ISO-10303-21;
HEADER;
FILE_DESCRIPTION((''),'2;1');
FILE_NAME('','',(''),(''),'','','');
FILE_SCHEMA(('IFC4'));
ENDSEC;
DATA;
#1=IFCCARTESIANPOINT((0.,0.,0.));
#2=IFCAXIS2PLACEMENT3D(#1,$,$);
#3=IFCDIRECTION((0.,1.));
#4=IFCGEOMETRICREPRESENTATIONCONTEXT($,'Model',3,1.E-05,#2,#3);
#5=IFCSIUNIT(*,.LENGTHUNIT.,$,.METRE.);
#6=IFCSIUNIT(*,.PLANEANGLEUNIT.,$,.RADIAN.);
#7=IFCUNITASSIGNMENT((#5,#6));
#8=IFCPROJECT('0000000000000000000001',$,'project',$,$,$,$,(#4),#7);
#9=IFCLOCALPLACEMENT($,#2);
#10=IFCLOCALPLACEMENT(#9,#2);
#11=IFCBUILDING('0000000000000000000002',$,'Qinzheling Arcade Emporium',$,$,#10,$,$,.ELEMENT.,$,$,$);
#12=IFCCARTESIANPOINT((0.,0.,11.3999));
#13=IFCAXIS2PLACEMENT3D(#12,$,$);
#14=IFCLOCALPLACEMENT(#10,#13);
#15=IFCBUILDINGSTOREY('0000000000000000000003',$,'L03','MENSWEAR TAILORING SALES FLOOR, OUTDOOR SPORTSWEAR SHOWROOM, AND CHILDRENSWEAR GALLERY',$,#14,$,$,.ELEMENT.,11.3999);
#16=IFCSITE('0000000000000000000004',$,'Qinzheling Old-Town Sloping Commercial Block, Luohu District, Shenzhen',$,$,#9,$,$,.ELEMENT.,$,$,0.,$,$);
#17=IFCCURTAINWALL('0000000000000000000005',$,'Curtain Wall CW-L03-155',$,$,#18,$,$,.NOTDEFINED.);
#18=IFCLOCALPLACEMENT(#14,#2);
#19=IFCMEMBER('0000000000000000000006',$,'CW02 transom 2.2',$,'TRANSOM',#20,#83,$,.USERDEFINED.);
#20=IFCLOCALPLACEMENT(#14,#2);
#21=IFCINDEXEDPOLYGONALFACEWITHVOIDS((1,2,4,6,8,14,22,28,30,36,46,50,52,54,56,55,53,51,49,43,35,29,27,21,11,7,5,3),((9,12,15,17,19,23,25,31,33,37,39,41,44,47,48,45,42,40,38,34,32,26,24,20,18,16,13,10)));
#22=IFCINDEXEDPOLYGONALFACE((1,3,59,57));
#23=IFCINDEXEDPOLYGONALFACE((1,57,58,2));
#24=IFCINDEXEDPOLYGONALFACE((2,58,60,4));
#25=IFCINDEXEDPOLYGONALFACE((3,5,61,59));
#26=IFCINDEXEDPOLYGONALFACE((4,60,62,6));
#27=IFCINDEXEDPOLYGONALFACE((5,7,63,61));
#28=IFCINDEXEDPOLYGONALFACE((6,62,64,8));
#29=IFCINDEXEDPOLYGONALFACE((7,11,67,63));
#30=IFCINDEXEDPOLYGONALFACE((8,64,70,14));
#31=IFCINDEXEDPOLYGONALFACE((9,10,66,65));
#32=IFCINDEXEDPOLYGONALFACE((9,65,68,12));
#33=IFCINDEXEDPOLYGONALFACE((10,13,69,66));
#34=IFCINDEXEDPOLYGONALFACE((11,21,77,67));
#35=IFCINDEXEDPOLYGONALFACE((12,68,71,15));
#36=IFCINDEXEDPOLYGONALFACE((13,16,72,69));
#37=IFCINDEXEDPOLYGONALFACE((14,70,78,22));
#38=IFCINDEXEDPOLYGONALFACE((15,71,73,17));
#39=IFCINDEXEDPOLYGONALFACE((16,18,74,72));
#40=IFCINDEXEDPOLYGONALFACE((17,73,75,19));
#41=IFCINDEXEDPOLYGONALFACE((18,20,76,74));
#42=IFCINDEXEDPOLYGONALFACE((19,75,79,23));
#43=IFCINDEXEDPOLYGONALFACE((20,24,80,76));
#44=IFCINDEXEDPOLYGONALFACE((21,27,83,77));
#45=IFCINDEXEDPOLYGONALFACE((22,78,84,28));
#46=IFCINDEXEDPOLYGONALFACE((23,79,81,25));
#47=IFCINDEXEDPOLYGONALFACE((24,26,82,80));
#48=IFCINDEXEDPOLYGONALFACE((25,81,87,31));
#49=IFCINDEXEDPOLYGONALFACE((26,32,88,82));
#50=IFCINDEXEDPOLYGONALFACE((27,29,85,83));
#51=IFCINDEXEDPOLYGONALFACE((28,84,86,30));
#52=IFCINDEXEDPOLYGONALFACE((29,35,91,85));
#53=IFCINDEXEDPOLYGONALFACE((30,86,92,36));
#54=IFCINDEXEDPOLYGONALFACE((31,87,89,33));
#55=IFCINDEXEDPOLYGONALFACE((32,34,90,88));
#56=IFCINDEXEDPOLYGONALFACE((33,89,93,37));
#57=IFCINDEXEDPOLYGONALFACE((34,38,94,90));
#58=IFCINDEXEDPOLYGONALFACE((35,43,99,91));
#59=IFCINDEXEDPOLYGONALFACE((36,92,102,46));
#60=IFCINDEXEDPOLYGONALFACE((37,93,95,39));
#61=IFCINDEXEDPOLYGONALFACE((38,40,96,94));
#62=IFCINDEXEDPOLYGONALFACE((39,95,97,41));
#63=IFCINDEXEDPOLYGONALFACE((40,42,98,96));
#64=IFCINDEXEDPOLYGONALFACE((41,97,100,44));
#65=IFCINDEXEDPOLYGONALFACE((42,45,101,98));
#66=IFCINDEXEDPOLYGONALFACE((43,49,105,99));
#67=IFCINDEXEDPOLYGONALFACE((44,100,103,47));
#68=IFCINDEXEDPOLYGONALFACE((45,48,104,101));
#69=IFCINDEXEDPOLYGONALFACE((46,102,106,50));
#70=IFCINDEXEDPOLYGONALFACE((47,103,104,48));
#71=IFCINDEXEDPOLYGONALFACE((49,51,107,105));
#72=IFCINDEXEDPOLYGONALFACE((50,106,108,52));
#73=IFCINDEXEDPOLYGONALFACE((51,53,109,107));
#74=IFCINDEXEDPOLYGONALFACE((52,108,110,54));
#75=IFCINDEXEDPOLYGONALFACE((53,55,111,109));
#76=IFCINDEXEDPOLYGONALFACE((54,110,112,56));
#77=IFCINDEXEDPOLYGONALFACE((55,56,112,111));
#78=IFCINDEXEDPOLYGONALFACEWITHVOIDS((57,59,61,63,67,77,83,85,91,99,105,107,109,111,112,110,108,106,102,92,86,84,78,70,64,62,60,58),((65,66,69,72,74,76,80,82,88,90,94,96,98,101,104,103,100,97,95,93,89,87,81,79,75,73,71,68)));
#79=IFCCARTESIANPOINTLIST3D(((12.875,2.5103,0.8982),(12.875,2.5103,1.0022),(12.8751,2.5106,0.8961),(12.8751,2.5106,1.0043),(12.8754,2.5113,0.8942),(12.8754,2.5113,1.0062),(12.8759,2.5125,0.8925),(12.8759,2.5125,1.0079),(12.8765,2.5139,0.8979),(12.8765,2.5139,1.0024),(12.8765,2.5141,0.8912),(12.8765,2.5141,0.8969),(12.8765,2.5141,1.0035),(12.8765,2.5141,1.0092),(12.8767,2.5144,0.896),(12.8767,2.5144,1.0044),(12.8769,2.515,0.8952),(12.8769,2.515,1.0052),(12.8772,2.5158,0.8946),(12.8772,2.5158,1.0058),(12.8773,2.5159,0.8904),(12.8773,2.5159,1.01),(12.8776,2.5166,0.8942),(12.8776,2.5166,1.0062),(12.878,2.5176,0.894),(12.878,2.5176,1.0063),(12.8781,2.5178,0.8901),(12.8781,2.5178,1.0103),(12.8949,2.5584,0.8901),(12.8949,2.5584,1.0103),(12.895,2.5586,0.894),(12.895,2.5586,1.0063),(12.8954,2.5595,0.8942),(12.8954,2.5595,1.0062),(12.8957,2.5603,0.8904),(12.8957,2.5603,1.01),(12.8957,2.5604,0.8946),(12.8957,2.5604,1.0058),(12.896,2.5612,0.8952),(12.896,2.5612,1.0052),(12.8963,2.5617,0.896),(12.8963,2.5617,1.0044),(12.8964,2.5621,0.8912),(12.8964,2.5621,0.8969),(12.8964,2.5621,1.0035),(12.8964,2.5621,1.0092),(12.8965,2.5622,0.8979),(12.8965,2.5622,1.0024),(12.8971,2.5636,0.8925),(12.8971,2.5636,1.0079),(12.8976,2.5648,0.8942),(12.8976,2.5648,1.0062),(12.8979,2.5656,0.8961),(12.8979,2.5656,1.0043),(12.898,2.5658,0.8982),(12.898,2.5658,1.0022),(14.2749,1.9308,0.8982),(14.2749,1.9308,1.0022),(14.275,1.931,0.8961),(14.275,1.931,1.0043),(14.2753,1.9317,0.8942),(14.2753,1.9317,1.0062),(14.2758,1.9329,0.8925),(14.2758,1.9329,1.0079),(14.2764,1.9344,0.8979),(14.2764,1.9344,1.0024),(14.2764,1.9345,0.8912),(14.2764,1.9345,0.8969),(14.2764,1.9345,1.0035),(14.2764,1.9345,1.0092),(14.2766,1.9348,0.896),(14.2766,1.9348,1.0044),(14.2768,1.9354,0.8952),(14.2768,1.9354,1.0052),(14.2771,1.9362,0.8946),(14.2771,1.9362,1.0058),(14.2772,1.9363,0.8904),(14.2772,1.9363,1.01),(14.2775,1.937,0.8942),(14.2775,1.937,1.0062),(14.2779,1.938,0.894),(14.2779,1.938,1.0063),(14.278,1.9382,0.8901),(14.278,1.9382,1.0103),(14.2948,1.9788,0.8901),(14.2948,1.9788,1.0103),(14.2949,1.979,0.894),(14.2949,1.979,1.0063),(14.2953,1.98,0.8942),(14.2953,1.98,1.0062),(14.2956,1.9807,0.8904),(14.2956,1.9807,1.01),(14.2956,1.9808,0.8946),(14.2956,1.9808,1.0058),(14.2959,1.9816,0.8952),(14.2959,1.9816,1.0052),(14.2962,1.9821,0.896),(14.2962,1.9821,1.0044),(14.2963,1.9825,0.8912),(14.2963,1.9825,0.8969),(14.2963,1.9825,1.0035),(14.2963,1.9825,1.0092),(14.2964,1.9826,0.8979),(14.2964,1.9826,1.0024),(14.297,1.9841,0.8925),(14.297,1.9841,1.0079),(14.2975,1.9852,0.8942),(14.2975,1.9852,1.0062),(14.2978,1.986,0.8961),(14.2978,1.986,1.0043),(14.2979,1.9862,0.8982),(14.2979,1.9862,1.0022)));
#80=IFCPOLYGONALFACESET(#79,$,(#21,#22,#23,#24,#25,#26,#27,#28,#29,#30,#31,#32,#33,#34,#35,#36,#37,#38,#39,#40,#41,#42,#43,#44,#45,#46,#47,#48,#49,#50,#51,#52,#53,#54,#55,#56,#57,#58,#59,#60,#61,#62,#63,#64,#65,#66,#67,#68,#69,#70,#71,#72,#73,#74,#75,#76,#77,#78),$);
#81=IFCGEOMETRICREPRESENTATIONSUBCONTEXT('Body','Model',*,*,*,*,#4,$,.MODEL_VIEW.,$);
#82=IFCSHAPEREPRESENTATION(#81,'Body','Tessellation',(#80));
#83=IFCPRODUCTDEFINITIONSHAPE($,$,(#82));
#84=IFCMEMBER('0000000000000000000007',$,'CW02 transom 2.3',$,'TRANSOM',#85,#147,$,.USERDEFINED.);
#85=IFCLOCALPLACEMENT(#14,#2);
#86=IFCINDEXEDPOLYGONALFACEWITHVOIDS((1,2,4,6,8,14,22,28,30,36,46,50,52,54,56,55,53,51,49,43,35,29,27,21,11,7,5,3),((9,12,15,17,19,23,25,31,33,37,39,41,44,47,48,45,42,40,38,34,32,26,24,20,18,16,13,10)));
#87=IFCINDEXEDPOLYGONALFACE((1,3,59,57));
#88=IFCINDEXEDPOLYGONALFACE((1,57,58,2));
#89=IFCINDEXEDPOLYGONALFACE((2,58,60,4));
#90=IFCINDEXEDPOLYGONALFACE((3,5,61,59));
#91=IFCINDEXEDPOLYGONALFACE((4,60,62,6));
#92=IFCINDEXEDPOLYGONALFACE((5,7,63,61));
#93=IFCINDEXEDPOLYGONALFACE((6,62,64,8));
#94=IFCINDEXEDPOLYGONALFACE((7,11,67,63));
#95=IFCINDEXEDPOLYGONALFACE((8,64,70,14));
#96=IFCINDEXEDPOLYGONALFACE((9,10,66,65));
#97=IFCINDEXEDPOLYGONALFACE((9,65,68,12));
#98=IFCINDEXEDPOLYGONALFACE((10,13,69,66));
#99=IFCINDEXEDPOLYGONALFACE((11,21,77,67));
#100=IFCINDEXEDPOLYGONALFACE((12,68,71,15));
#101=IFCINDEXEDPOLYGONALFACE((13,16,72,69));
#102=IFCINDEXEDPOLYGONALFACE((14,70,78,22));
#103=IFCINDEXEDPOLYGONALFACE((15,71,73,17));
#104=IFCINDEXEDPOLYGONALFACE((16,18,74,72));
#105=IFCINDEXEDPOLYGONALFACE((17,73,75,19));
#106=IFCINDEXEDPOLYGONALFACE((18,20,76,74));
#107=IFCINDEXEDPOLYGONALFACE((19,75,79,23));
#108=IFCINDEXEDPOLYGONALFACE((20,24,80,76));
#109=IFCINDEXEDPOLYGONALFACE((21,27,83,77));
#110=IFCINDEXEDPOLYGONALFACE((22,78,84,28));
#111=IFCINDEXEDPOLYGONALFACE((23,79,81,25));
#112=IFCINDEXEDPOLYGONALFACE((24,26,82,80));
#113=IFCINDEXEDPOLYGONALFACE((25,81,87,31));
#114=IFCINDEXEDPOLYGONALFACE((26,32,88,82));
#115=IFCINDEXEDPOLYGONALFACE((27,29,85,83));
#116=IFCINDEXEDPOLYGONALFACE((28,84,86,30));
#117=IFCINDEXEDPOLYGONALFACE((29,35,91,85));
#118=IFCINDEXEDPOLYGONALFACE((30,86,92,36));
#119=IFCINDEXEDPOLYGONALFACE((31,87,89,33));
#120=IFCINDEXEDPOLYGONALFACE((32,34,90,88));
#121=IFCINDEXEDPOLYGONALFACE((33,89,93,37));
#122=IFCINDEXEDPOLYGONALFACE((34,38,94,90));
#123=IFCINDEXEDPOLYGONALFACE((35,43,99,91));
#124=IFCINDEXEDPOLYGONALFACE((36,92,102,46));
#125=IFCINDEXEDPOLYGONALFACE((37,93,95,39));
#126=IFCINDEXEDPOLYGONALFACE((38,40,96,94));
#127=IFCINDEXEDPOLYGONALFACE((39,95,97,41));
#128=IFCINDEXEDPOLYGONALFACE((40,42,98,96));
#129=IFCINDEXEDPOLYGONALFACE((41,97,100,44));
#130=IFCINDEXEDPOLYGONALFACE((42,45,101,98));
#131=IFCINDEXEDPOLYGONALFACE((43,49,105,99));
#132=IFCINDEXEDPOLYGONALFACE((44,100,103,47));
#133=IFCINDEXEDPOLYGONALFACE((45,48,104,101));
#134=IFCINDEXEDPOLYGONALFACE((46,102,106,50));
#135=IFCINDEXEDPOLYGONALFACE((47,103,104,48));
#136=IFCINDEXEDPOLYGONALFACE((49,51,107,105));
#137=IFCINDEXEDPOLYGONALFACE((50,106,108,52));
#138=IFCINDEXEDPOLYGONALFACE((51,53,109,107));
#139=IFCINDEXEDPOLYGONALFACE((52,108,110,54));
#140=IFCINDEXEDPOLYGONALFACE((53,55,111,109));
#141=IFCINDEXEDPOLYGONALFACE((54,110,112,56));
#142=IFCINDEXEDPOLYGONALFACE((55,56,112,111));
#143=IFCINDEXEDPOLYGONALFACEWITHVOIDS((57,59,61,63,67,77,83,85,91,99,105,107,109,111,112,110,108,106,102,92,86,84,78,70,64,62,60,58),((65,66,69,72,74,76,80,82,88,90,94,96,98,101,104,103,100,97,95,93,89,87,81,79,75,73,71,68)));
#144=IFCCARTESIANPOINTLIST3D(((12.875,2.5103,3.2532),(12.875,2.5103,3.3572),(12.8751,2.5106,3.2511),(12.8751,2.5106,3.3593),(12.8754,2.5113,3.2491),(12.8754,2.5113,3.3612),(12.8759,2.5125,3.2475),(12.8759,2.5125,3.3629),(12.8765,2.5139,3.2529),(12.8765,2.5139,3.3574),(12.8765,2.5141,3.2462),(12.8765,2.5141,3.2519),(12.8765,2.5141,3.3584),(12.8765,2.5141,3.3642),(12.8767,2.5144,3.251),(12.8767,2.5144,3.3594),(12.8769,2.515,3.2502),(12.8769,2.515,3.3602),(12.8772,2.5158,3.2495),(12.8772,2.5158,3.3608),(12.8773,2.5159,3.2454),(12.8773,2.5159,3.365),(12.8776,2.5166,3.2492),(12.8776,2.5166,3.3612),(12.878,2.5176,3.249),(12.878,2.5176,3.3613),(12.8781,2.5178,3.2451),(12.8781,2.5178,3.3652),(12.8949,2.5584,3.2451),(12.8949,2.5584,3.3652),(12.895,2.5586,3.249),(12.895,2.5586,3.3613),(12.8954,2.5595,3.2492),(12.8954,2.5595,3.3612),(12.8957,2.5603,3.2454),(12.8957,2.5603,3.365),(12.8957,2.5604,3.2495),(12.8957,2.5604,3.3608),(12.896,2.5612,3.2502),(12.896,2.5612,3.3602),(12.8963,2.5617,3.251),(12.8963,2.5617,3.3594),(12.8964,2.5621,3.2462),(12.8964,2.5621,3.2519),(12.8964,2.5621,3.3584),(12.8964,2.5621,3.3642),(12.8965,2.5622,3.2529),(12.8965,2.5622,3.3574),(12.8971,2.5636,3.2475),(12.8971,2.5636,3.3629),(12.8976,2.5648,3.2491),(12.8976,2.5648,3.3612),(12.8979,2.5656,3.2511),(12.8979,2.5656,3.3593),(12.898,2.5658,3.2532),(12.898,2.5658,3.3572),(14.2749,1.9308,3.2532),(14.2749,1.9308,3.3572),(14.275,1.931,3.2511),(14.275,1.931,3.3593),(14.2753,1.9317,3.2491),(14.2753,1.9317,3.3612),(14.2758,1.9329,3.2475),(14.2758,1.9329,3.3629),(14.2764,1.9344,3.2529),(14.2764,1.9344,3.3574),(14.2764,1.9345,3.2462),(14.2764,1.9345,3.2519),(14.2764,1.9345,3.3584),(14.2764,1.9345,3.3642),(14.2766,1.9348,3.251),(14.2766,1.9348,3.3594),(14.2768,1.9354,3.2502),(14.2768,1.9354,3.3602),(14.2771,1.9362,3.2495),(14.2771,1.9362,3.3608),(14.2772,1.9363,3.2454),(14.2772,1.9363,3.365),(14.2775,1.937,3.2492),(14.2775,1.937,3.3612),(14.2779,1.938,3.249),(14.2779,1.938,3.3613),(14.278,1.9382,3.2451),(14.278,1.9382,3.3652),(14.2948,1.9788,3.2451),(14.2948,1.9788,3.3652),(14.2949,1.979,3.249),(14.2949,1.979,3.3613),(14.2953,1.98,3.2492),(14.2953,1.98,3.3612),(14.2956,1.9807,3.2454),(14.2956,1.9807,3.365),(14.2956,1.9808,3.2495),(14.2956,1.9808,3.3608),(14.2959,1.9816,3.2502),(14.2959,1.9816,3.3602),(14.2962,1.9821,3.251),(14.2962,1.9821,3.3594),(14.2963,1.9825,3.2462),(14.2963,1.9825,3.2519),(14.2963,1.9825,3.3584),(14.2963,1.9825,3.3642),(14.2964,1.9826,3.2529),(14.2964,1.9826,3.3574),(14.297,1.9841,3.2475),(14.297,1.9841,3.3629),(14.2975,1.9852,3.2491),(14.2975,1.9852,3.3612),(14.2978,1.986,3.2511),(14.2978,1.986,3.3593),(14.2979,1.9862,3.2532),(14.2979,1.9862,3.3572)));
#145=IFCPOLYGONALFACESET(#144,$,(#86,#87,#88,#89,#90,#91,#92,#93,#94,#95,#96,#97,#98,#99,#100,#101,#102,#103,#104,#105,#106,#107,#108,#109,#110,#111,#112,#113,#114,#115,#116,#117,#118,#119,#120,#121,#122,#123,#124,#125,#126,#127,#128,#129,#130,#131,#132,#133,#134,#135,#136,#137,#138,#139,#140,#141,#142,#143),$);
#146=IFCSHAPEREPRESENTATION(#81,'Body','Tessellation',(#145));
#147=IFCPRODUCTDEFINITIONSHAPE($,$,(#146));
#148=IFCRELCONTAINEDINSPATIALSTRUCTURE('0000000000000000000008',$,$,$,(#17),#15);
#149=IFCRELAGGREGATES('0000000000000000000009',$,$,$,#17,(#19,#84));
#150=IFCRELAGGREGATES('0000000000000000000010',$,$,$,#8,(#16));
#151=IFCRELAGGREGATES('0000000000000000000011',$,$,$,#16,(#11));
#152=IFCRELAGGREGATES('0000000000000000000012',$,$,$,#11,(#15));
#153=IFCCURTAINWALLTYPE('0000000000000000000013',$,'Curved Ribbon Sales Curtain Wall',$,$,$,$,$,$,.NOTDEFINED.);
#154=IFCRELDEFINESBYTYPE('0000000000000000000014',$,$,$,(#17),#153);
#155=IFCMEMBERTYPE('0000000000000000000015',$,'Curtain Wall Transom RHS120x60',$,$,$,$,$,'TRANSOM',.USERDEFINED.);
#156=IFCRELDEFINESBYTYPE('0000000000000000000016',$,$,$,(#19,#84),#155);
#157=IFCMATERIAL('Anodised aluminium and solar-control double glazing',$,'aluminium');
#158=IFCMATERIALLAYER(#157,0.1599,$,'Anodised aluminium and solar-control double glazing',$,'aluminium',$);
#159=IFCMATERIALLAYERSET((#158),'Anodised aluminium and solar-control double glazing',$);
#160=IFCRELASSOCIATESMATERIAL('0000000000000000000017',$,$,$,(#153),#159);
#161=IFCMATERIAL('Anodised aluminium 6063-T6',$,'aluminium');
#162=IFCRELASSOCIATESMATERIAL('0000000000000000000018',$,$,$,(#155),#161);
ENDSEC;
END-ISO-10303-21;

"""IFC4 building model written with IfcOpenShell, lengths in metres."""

from ifc_helpers import new_model, si_unit, direction, frame, origin, origin_2d, place, context, subcontext, project, spatial, hollow_rectangle, extrude, material, layer, layer_set, material_profile, profile_set, type_object, element, aggregate, save


model = new_model("IFC4")

# Units and contexts
model_context = context("Model", 3, precision=1e-05, world=origin(), true_north=direction((0.0, 1.0)))
body_context = subcontext(model_context, "Body", "Model", "MODEL_VIEW")
ifc_project = project(units=[si_unit("LENGTHUNIT", "METRE"), si_unit("PLANEANGLEUNIT", "RADIAN")], contexts=[model_context])

# Site, building, storey
site_placement = place(None, origin())
site = spatial("IfcSite", under=ifc_project, at=site_placement, Name="Qinzheling Old-Town Sloping Commercial Block, Luohu District, Shenzhen", CompositionType="ELEMENT", RefElevation=0.0)
building_placement = place(site_placement, origin())
building = spatial("IfcBuilding", under=site, at=building_placement, Name="Qinzheling Arcade Emporium", CompositionType="ELEMENT")
storey_placement = place(building_placement, frame((0.0, 0.0, 11.3999)))
storey = spatial("IfcBuildingStorey", under=building, at=storey_placement, Name="L03", Description="MENSWEAR TAILORING SALES FLOOR, OUTDOOR SPORTSWEAR SHOWROOM, AND CHILDRENSWEAR GALLERY", CompositionType="ELEMENT", Elevation=11.3999)

# Curtain wall
ifc_material_1 = material(Name="Anodised aluminium and solar-control double glazing", Category="aluminium")
ifc_layer_1 = layer(ifc_material_1, 0.1599, Name="Anodised aluminium and solar-control double glazing", Category="aluminium")
ifc_layer_set_1 = layer_set([ifc_layer_1], Name="Anodised aluminium and solar-control double glazing")
curtain_wall_type = type_object("IfcCurtainWallType", Name="Curved Ribbon Sales Curtain Wall", PredefinedType="NOTDEFINED", material=ifc_layer_set_1)
ifc_material_2 = material(Name="Anodised aluminium 6063-T6", Category="aluminium")
curtain_wall_1_placement = place(storey_placement, origin())
curtain_wall_1 = element("IfcCurtainWall", 1, at=curtain_wall_1_placement, inside=storey, type_object=curtain_wall_type, Name="Curtain Wall CW-L03-155", PredefinedType="NOTDEFINED")

# Members
ifc_material_profile_1 = material_profile(ifc_material_2, hollow_rectangle(XDim=0.0601, YDim=0.1201, WallThickness=0.0039, InnerFilletRadius=0.0039, OuterFilletRadius=0.0081, at=origin_2d()), Name="RHS 120x60x4", Category="aluminium")
ifc_profile_set_1 = profile_set([ifc_material_profile_1], Name="Anodised aluminium 6063-T6")
member_type_1 = type_object("IfcMemberType", Name="Curtain Wall Transom RHS120x60", ElementType="TRANSOM", PredefinedType="USERDEFINED", material=ifc_profile_set_1)
member_1_placement = place(storey_placement, frame((14.2864, 1.9585, 0.9502), z_axis=(-0.923942, 0.382532, 0.0), x_axis=(-0.382532, -0.923942, 0.0)))
member_1 = element("IfcMember", 2, at=member_1_placement, type_object=member_type_1, Name="CW02 transom 2.2", ObjectType="TRANSOM", PredefinedType="USERDEFINED", context=body_context, shape_type="SweptSolid", body=[
    extrude(hollow_rectangle(XDim=0.0601, YDim=0.1201, WallThickness=0.0039, InnerFilletRadius=0.0039, OuterFilletRadius=0.0081, at=origin_2d()), origin(), (0.0, 0.0, 1.0), 1.5151),
])
member_2_placement = place(storey_placement, frame((14.2864, 1.9585, 3.3052), z_axis=(-0.923942, 0.382532, 0.0), x_axis=(-0.382532, -0.923942, 0.0)))
member_2 = element("IfcMember", 3, at=member_2_placement, type_object=member_type_1, Name="CW02 transom 2.3", ObjectType="TRANSOM", PredefinedType="USERDEFINED", context=body_context, shape_type="SweptSolid", body=[
    extrude(hollow_rectangle(XDim=0.0601, YDim=0.1201, WallThickness=0.0039, InnerFilletRadius=0.0039, OuterFilletRadius=0.0081, at=origin_2d()), origin(), (0.0, 0.0, 1.0), 1.5151),
])

aggregate(curtain_wall_1, [member_1, member_2])

save(model, "model.ifc")
